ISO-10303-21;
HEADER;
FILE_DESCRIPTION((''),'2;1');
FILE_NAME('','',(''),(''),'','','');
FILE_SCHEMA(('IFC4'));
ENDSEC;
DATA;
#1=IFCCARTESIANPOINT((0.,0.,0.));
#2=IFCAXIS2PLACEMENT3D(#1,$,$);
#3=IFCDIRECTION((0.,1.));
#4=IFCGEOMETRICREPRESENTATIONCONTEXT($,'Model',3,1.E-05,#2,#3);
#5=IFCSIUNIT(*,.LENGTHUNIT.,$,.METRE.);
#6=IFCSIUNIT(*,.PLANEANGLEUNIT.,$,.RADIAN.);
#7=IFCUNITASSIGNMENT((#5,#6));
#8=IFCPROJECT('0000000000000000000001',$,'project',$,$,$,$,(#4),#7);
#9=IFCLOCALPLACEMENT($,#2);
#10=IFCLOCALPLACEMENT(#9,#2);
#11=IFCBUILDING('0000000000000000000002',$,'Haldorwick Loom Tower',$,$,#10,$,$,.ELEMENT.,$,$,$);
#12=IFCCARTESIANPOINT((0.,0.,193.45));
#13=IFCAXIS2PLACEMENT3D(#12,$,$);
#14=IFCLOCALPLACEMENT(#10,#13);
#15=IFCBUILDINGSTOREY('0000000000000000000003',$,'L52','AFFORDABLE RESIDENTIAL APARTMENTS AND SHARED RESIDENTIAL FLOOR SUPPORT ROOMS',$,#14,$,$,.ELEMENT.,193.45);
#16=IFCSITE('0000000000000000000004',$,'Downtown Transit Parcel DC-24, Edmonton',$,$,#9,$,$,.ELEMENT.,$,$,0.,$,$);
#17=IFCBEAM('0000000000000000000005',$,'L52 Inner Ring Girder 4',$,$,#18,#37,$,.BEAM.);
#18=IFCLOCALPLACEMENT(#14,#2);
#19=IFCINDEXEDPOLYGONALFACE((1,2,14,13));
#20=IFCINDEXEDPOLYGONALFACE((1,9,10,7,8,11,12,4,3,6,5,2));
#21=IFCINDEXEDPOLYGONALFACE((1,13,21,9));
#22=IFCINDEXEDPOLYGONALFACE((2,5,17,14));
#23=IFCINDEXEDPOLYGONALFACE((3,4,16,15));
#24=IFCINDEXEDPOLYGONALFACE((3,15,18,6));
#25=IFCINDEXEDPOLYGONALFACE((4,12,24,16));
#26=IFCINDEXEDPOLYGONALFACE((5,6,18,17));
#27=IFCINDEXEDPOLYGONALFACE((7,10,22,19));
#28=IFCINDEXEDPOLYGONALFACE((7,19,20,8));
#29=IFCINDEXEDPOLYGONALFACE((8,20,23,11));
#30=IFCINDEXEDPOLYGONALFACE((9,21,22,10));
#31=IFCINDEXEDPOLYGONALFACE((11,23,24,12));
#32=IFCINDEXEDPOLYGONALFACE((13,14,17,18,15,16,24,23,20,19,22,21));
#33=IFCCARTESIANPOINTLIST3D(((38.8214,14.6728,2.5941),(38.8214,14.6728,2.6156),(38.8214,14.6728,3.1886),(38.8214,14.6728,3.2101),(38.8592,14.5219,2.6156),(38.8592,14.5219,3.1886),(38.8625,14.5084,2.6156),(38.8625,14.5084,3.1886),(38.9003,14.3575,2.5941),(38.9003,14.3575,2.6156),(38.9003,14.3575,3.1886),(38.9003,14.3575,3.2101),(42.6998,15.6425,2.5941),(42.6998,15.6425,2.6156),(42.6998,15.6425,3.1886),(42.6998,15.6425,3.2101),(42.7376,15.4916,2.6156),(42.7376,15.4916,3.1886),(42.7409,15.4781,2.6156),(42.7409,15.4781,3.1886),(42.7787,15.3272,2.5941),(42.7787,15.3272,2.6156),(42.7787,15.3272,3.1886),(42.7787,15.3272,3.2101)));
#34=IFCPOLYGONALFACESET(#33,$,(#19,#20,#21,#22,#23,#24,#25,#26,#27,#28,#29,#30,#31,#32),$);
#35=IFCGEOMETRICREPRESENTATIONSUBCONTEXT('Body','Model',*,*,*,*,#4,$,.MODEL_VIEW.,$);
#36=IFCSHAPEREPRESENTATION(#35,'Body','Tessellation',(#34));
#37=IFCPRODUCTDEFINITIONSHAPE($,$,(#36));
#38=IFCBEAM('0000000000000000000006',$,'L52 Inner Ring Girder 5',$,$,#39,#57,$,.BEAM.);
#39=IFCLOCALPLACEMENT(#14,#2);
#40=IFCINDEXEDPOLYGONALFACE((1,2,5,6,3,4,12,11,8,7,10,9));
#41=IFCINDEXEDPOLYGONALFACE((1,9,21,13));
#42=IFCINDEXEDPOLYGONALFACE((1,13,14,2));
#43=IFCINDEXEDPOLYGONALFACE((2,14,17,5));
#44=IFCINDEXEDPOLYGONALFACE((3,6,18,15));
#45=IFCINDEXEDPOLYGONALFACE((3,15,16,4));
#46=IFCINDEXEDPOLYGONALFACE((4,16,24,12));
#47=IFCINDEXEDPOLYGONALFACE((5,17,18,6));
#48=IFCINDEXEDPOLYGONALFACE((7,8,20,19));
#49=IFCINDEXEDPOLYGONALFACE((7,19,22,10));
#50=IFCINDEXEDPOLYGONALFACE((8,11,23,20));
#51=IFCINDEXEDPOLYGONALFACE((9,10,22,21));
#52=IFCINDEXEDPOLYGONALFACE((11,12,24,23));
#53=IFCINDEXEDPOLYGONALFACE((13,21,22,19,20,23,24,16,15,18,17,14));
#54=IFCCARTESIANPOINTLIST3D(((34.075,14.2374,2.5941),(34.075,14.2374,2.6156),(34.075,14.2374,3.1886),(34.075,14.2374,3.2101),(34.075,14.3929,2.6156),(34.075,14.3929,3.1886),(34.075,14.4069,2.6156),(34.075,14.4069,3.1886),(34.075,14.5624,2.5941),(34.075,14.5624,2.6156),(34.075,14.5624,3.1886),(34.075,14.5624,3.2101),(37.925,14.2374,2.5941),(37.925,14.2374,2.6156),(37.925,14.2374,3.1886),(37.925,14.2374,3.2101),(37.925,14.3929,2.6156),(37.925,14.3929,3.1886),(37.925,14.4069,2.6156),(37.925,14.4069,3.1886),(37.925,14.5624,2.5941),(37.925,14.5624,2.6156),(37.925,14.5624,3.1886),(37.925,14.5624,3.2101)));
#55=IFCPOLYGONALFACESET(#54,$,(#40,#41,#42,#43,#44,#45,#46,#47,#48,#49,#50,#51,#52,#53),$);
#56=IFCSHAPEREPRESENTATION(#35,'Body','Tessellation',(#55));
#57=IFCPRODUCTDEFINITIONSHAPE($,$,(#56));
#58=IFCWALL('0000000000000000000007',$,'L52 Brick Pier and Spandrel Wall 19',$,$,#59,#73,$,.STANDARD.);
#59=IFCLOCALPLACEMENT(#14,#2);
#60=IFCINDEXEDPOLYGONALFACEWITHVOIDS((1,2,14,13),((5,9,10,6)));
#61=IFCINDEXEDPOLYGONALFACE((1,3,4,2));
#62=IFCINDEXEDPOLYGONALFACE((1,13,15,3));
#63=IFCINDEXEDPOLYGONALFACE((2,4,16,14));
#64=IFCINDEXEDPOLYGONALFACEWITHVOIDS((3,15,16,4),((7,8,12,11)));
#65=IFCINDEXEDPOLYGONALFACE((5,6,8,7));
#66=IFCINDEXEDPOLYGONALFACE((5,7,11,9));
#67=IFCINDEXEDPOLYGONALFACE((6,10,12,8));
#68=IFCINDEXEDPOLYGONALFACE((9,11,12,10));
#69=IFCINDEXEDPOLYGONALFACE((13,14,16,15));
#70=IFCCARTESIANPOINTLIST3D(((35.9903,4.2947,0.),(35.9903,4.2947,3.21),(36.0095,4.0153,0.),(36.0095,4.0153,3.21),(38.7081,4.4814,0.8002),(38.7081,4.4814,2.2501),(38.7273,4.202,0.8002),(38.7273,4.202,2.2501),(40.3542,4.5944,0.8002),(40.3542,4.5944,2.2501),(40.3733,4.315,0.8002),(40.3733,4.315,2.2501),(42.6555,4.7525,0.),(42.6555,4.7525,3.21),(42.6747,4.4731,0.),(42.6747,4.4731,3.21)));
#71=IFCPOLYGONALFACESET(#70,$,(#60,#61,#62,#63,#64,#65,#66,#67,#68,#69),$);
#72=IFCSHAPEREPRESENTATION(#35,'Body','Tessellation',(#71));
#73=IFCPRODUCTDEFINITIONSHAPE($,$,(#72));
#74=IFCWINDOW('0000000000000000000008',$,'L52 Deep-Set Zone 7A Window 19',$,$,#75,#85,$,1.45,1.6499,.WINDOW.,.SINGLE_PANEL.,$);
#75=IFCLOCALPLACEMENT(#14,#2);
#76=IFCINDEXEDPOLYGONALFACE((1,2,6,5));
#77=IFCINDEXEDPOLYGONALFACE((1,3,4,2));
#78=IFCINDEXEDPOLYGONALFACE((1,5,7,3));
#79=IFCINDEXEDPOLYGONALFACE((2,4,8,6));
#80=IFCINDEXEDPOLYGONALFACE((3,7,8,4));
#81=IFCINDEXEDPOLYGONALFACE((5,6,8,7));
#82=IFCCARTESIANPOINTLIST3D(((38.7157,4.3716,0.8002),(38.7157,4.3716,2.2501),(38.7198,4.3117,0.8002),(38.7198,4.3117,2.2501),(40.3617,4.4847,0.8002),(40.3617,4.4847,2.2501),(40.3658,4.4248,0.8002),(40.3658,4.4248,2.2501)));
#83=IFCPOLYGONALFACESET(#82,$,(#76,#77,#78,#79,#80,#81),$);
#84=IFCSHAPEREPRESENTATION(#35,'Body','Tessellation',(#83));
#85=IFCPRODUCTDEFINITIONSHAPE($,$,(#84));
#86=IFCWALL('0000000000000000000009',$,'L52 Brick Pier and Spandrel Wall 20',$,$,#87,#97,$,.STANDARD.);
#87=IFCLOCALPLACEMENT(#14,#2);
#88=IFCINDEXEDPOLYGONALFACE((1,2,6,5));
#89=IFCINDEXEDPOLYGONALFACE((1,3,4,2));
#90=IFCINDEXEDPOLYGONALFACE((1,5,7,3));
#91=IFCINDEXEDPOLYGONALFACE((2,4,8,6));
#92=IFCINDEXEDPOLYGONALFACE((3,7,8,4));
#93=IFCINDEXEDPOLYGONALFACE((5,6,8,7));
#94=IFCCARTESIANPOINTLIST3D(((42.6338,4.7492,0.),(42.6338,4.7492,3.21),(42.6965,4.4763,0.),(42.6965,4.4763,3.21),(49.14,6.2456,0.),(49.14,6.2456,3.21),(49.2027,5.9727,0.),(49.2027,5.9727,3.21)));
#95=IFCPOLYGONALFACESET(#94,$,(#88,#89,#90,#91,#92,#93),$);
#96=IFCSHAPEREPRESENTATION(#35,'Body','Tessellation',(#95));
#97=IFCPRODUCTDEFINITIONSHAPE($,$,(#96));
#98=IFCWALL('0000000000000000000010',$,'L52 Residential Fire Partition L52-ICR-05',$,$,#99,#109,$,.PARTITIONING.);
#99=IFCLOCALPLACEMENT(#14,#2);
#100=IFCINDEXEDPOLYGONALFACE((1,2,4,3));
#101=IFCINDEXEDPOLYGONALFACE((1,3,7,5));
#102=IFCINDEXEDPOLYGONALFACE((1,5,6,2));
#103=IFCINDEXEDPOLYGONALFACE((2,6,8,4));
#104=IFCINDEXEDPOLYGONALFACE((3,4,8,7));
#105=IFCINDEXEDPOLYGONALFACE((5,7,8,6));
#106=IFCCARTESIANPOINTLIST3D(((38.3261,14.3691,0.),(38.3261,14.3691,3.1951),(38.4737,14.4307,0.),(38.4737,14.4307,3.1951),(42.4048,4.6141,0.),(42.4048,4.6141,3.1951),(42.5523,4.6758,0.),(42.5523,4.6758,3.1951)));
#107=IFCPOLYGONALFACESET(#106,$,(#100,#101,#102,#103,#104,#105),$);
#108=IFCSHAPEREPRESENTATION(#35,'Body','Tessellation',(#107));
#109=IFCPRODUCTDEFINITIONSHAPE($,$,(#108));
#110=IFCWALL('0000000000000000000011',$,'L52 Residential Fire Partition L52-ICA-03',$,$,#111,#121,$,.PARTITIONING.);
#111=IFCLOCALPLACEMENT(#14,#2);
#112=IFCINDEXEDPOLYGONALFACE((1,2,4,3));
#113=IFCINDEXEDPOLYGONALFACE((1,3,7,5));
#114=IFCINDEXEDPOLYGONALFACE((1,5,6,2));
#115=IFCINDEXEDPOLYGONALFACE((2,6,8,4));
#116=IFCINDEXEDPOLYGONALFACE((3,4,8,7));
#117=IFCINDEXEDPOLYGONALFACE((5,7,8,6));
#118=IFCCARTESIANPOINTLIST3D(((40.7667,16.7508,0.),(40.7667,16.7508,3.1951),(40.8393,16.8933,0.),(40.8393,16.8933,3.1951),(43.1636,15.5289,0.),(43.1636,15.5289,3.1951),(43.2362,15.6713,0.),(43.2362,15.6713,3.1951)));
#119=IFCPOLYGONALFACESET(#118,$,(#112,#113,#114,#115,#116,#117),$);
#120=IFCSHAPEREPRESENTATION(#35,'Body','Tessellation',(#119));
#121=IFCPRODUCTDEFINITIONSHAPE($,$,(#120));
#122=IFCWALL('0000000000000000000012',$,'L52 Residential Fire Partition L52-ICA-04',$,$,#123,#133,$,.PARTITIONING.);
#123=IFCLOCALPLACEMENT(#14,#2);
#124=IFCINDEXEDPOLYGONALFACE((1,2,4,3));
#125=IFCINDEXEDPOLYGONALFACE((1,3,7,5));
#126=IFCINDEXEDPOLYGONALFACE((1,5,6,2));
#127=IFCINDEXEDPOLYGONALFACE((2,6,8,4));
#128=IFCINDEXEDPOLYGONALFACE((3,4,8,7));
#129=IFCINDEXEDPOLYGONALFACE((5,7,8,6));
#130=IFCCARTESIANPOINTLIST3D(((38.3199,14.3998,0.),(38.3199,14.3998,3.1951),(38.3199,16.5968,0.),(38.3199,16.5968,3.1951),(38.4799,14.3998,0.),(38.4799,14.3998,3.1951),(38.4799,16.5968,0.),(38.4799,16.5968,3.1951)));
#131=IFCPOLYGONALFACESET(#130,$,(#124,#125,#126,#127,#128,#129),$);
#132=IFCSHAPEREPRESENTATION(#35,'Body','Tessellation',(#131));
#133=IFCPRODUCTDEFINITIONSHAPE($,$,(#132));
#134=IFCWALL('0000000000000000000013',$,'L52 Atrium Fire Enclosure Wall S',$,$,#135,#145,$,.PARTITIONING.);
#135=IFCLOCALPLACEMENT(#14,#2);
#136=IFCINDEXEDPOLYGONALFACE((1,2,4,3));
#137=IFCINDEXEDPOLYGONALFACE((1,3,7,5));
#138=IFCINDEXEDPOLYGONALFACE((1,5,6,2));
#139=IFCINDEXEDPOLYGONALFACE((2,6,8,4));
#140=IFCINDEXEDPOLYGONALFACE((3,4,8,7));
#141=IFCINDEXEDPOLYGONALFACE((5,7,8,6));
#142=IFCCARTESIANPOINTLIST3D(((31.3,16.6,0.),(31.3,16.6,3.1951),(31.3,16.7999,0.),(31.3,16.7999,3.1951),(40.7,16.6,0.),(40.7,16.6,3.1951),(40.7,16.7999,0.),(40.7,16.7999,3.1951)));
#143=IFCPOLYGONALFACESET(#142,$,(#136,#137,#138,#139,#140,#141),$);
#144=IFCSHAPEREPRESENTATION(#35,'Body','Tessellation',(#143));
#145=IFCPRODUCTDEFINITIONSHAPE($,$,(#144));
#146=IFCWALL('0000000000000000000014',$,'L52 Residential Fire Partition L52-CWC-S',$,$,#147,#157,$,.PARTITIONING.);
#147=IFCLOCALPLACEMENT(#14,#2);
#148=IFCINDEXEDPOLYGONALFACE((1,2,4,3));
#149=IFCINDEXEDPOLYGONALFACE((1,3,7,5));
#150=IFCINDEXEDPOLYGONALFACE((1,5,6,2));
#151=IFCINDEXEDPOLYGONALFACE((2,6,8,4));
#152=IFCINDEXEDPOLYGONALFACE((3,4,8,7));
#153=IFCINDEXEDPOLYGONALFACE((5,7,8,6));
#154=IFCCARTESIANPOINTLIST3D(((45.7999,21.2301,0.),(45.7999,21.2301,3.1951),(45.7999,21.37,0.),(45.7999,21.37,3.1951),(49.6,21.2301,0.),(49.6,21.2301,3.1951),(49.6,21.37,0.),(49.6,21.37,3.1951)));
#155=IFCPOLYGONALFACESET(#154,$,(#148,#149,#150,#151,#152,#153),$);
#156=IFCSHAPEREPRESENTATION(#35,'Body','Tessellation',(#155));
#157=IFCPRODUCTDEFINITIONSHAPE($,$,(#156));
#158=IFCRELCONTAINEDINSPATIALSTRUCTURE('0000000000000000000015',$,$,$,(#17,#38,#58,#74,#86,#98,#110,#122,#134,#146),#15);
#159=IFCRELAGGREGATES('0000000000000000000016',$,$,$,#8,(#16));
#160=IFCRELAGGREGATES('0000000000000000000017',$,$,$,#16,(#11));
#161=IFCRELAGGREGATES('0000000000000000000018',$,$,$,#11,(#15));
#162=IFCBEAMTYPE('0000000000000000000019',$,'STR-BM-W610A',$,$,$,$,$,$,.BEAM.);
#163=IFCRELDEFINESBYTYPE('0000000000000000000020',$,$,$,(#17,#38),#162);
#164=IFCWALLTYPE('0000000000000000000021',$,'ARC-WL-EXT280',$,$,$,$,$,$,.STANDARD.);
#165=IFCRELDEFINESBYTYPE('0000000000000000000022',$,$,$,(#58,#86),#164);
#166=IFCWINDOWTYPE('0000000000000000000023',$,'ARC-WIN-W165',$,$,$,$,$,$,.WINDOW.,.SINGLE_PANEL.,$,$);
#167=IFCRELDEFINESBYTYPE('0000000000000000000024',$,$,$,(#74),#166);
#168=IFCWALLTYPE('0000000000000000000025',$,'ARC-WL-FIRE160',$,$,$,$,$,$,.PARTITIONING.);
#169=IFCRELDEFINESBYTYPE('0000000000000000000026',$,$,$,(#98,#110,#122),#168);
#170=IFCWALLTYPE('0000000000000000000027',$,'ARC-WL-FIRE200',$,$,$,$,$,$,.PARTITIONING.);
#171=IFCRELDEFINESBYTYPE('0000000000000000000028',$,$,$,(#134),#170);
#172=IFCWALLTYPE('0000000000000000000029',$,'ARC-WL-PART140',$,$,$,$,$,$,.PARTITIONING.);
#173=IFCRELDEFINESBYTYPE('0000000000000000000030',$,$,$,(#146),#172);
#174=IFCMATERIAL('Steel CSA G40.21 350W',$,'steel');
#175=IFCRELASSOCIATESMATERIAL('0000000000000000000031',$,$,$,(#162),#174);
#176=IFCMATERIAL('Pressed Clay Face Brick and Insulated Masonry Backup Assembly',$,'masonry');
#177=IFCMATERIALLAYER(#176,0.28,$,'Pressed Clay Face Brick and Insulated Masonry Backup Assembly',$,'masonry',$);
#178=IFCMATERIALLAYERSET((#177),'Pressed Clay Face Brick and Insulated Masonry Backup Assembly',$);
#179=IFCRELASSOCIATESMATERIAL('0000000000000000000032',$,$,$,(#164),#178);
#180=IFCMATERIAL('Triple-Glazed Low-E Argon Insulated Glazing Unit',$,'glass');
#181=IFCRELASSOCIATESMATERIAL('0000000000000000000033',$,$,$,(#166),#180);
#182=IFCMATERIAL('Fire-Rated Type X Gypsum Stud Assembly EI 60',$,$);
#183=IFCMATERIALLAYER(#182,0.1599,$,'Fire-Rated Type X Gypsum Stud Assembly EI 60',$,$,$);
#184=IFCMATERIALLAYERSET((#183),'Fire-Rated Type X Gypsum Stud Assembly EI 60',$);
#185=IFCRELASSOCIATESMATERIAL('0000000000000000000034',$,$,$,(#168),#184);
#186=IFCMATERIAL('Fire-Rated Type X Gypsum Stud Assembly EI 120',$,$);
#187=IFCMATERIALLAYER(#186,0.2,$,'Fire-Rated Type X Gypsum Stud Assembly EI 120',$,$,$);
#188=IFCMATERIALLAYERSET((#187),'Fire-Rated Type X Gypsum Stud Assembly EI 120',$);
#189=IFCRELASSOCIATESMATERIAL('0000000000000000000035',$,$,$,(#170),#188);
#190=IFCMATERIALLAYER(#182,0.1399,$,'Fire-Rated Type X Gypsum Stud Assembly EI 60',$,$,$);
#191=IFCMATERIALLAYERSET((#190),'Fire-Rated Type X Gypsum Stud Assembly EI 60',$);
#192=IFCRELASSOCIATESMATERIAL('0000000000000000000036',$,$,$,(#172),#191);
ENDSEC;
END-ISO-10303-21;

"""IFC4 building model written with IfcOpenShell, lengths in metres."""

from ifc_helpers import new_model, si_unit, direction, frame, frame_2d, origin, origin_2d, place, context, subcontext, project, spatial, rectangle, i_section, extrude, material, layer, layer_set, material_profile, profile_set, type_object, element, fill, save


model = new_model("IFC4")

# Units and contexts
model_context = context("Model", 3, precision=1e-05, world=origin(), true_north=direction((0.0, 1.0)))
body_context = subcontext(model_context, "Body", "Model", "MODEL_VIEW")
ifc_project = project(units=[si_unit("LENGTHUNIT", "METRE"), si_unit("PLANEANGLEUNIT", "RADIAN")], contexts=[model_context])

# Site, building, storey
site_placement = place(None, origin())
site = spatial("IfcSite", under=ifc_project, at=site_placement, Name="Downtown Transit Parcel DC-24, Edmonton", CompositionType="ELEMENT", RefElevation=0.0)
building_placement = place(site_placement, origin())
building = spatial("IfcBuilding", under=site, at=building_placement, Name="Haldorwick Loom Tower", CompositionType="ELEMENT")
storey_placement = place(building_placement, frame((0.0, 0.0, 193.45)))
storey = spatial("IfcBuildingStorey", under=building, at=storey_placement, Name="L52", Description="AFFORDABLE RESIDENTIAL APARTMENTS AND SHARED RESIDENTIAL FLOOR SUPPORT ROOMS", CompositionType="ELEMENT", Elevation=193.45)

# Beams
ifc_material_1 = material(Name="Steel CSA G40.21 350W", Category="steel")
ifc_material_profile_1 = material_profile(ifc_material_1, i_section(OverallWidth=0.325, OverallDepth=0.616, WebThickness=0.0139, FlangeThickness=0.0215, at=origin_2d()), Name="W610X174", Category="steel")
ifc_profile_set_1 = profile_set([ifc_material_profile_1], Name="Steel CSA G40.21 350W")
beam_type_1 = type_object("IfcBeamType", Name="STR-BM-W610A", PredefinedType="BEAM", material=ifc_profile_set_1)
beam_1_placement = place(storey_placement, frame((42.7393, 15.4849, 2.9021), z_axis=(-0.970135, -0.242564, 0.0), x_axis=(0.242564, -0.970135, 0.0)))
element("IfcBeam", 1, at=beam_1_placement, inside=storey, type_object=beam_type_1, Name="L52 Inner Ring Girder 4", PredefinedType="BEAM", context=body_context, shape_type="SweptSolid", body=[
    extrude(i_section(OverallWidth=0.325, OverallDepth=0.616, WebThickness=0.0139, FlangeThickness=0.0215, at=origin_2d()), origin(), (0.0, 0.0, 1.0), 3.9978),
])
beam_2_placement = place(storey_placement, frame((37.925, 14.3999, 2.9021), z_axis=(-1.0, 0.0, 0.0), x_axis=(0.0, -1.0, 0.0)))
element("IfcBeam", 2, at=beam_2_placement, inside=storey, type_object=beam_type_1, Name="L52 Inner Ring Girder 5", PredefinedType="BEAM", context=body_context, shape_type="SweptSolid", body=[
    extrude(i_section(OverallWidth=0.325, OverallDepth=0.616, WebThickness=0.0139, FlangeThickness=0.0215, at=origin_2d()), origin(), (0.0, 0.0, 1.0), 3.8501),
])

# Wall, opening, window
ifc_material_2 = material(Name="Pressed Clay Face Brick and Insulated Masonry Backup Assembly", Category="masonry")
ifc_layer_1 = layer(ifc_material_2, 0.28, Name="Pressed Clay Face Brick and Insulated Masonry Backup Assembly", Category="masonry")
ifc_layer_set_1 = layer_set([ifc_layer_1], Name="Pressed Clay Face Brick and Insulated Masonry Backup Assembly")
wall_type_1 = type_object("IfcWallType", Name="ARC-WL-EXT280", PredefinedType="STANDARD", material=ifc_layer_set_1)
wall_1_placement = place(storey_placement, frame((36.0, 4.155, 0.0), z_axis=(0.0, 0.0, 1.0), x_axis=(0.99765, 0.068517, 0.0)))
wall_1 = element("IfcWall", 3, at=wall_1_placement, inside=storey, type_object=wall_type_1, Name="L52 Brick Pier and Spandrel Wall 19", PredefinedType="STANDARD", context=body_context, shape_type="SweptSolid", body=[
    extrude(rectangle(XDim=6.6809, YDim=0.28, at=frame_2d((3.3403, 0.0))), origin(), (0.0, 0.0, 1.0), 3.21),
])
opening_placement = place(wall_1_placement, frame((2.7241, 0.0, 0.8)))
opening = element("IfcOpeningElement", 4, at=opening_placement, cuts=wall_1, PredefinedType="OPENING", context=body_context, shape_type="SweptSolid", body=[
    extrude(rectangle(XDim=1.6499, YDim=1.45, at=frame_2d((0.825, 0.7251))), frame((0.0, 0.1499, 0.0), z_axis=(0.0, -1.0, 0.0), x_axis=(1.0, 0.0, 0.0)), (0.0, 0.0, 1.0), 0.3),
])
ifc_material_3 = material(Name="Triple-Glazed Low-E Argon Insulated Glazing Unit", Category="glass")
window_type = type_object("IfcWindowType", Name="ARC-WIN-W165", PartitioningType="SINGLE_PANEL", PredefinedType="WINDOW", material=ifc_material_3)
window_placement = place(opening_placement, origin())
window = element("IfcWindow", 5, at=window_placement, inside=storey, type_object=window_type, Name="L52 Deep-Set Zone 7A Window 19", OverallHeight=1.45, OverallWidth=1.6499, PartitioningType="SINGLE_PANEL", PredefinedType="WINDOW", context=body_context, shape_type="SweptSolid", body=[
    extrude(rectangle(XDim=1.6499, YDim=1.45, at=frame_2d((0.825, 0.7251))), frame((0.0, 0.03, 0.0), z_axis=(0.0, -1.0, 0.0), x_axis=(1.0, 0.0, 0.0)), (0.0, 0.0, 1.0), 0.0601),
])
fill(opening, window)

# Walls
wall_2_placement = place(storey_placement, frame((42.6653, 4.6128, 0.0), z_axis=(0.0, 0.0, 1.0), x_axis=(0.974557, 0.224138, 0.0)))
element("IfcWall", 6, at=wall_2_placement, inside=storey, type_object=wall_type_1, Name="L52 Brick Pier and Spandrel Wall 20", PredefinedType="STANDARD", context=body_context, shape_type="SweptSolid", body=[
    extrude(rectangle(XDim=6.676, YDim=0.28, at=frame_2d((3.3379, 0.0))), origin(), (0.0, 0.0, 1.0), 3.21),
])
ifc_material_4 = material(Name="Fire-Rated Type X Gypsum Stud Assembly EI 60")
ifc_layer_2 = layer(ifc_material_4, 0.1599, Name="Fire-Rated Type X Gypsum Stud Assembly EI 60")
ifc_layer_set_2 = layer_set([ifc_layer_2], Name="Fire-Rated Type X Gypsum Stud Assembly EI 60")
wall_type_2 = type_object("IfcWallType", Name="ARC-WL-FIRE160", PredefinedType="PARTITIONING", material=ifc_layer_set_2)
wall_3_placement = place(storey_placement, frame((38.3999, 14.3999, 0.0), z_axis=(0.0, 0.0, 1.0), x_axis=(0.38575, -0.922603, 0.0)))
element("IfcWall", 7, at=wall_3_placement, inside=storey, type_object=wall_type_2, Name="L52 Residential Fire Partition L52-ICR-05", PredefinedType="PARTITIONING", context=body_context, shape_type="SweptSolid", body=[
    extrude(rectangle(XDim=10.5732, YDim=0.1599, at=frame_2d((5.2866, 0.0))), origin(), (0.0, 0.0, 1.0), 3.1951),
])
wall_4_placement = place(storey_placement, frame((40.803, 16.822, 0.0), z_axis=(0.0, 0.0, 1.0), x_axis=(0.890916, -0.454169, 0.0)))
element("IfcWall", 8, at=wall_4_placement, inside=storey, type_object=wall_type_2, Name="L52 Residential Fire Partition L52-ICA-03", PredefinedType="PARTITIONING", context=body_context, shape_type="SweptSolid", body=[
    extrude(rectangle(XDim=2.6904, YDim=0.1599, at=frame_2d((1.3452, 0.0))), origin(), (0.0, 0.0, 1.0), 3.1951),
])
wall_5_placement = place(storey_placement, frame((38.3999, 16.5969, 0.0), z_axis=(0.0, 0.0, 1.0), x_axis=(0.0, -1.0, 0.0)))
element("IfcWall", 9, at=wall_5_placement, inside=storey, type_object=wall_type_2, Name="L52 Residential Fire Partition L52-ICA-04", PredefinedType="PARTITIONING", context=body_context, shape_type="SweptSolid", body=[
    extrude(rectangle(XDim=2.197, YDim=0.1599, at=frame_2d((1.0986, 0.0))), origin(), (0.0, 0.0, 1.0), 3.1951),
])
ifc_material_5 = material(Name="Fire-Rated Type X Gypsum Stud Assembly EI 120")
ifc_layer_3 = layer(ifc_material_5, 0.2, Name="Fire-Rated Type X Gypsum Stud Assembly EI 120")
ifc_layer_set_3 = layer_set([ifc_layer_3], Name="Fire-Rated Type X Gypsum Stud Assembly EI 120")
wall_type_3 = type_object("IfcWallType", Name="ARC-WL-FIRE200", PredefinedType="PARTITIONING", material=ifc_layer_set_3)
wall_6_placement = place(storey_placement, frame((40.7, 16.7, 0.0), z_axis=(0.0, 0.0, 1.0), x_axis=(-1.0, 0.0, 0.0)))
element("IfcWall", 10, at=wall_6_placement, inside=storey, type_object=wall_type_3, Name="L52 Atrium Fire Enclosure Wall S", PredefinedType="PARTITIONING", context=body_context, shape_type="SweptSolid", body=[
    extrude(rectangle(XDim=9.3999, YDim=0.2, at=frame_2d((4.7, 0.0))), origin(), (0.0, 0.0, 1.0), 3.1951),
])
ifc_layer_4 = layer(ifc_material_4, 0.1399, Name="Fire-Rated Type X Gypsum Stud Assembly EI 60")
ifc_layer_set_4 = layer_set([ifc_layer_4], Name="Fire-Rated Type X Gypsum Stud Assembly EI 60")
wall_type_4 = type_object("IfcWallType", Name="ARC-WL-PART140", PredefinedType="PARTITIONING", material=ifc_layer_set_4)
wall_7_placement = place(storey_placement, frame((45.8, 21.3, 0.0), z_axis=(0.0, 0.0, 1.0), x_axis=(1.0, 0.0, 0.0)))
element("IfcWall", 11, at=wall_7_placement, inside=storey, type_object=wall_type_4, Name="L52 Residential Fire Partition L52-CWC-S", PredefinedType="PARTITIONING", context=body_context, shape_type="SweptSolid", body=[
    extrude(rectangle(XDim=3.8, YDim=0.1399, at=frame_2d((1.8999, 0.0))), origin(), (0.0, 0.0, 1.0), 3.1951),
])

save(model, "model.ifc")
